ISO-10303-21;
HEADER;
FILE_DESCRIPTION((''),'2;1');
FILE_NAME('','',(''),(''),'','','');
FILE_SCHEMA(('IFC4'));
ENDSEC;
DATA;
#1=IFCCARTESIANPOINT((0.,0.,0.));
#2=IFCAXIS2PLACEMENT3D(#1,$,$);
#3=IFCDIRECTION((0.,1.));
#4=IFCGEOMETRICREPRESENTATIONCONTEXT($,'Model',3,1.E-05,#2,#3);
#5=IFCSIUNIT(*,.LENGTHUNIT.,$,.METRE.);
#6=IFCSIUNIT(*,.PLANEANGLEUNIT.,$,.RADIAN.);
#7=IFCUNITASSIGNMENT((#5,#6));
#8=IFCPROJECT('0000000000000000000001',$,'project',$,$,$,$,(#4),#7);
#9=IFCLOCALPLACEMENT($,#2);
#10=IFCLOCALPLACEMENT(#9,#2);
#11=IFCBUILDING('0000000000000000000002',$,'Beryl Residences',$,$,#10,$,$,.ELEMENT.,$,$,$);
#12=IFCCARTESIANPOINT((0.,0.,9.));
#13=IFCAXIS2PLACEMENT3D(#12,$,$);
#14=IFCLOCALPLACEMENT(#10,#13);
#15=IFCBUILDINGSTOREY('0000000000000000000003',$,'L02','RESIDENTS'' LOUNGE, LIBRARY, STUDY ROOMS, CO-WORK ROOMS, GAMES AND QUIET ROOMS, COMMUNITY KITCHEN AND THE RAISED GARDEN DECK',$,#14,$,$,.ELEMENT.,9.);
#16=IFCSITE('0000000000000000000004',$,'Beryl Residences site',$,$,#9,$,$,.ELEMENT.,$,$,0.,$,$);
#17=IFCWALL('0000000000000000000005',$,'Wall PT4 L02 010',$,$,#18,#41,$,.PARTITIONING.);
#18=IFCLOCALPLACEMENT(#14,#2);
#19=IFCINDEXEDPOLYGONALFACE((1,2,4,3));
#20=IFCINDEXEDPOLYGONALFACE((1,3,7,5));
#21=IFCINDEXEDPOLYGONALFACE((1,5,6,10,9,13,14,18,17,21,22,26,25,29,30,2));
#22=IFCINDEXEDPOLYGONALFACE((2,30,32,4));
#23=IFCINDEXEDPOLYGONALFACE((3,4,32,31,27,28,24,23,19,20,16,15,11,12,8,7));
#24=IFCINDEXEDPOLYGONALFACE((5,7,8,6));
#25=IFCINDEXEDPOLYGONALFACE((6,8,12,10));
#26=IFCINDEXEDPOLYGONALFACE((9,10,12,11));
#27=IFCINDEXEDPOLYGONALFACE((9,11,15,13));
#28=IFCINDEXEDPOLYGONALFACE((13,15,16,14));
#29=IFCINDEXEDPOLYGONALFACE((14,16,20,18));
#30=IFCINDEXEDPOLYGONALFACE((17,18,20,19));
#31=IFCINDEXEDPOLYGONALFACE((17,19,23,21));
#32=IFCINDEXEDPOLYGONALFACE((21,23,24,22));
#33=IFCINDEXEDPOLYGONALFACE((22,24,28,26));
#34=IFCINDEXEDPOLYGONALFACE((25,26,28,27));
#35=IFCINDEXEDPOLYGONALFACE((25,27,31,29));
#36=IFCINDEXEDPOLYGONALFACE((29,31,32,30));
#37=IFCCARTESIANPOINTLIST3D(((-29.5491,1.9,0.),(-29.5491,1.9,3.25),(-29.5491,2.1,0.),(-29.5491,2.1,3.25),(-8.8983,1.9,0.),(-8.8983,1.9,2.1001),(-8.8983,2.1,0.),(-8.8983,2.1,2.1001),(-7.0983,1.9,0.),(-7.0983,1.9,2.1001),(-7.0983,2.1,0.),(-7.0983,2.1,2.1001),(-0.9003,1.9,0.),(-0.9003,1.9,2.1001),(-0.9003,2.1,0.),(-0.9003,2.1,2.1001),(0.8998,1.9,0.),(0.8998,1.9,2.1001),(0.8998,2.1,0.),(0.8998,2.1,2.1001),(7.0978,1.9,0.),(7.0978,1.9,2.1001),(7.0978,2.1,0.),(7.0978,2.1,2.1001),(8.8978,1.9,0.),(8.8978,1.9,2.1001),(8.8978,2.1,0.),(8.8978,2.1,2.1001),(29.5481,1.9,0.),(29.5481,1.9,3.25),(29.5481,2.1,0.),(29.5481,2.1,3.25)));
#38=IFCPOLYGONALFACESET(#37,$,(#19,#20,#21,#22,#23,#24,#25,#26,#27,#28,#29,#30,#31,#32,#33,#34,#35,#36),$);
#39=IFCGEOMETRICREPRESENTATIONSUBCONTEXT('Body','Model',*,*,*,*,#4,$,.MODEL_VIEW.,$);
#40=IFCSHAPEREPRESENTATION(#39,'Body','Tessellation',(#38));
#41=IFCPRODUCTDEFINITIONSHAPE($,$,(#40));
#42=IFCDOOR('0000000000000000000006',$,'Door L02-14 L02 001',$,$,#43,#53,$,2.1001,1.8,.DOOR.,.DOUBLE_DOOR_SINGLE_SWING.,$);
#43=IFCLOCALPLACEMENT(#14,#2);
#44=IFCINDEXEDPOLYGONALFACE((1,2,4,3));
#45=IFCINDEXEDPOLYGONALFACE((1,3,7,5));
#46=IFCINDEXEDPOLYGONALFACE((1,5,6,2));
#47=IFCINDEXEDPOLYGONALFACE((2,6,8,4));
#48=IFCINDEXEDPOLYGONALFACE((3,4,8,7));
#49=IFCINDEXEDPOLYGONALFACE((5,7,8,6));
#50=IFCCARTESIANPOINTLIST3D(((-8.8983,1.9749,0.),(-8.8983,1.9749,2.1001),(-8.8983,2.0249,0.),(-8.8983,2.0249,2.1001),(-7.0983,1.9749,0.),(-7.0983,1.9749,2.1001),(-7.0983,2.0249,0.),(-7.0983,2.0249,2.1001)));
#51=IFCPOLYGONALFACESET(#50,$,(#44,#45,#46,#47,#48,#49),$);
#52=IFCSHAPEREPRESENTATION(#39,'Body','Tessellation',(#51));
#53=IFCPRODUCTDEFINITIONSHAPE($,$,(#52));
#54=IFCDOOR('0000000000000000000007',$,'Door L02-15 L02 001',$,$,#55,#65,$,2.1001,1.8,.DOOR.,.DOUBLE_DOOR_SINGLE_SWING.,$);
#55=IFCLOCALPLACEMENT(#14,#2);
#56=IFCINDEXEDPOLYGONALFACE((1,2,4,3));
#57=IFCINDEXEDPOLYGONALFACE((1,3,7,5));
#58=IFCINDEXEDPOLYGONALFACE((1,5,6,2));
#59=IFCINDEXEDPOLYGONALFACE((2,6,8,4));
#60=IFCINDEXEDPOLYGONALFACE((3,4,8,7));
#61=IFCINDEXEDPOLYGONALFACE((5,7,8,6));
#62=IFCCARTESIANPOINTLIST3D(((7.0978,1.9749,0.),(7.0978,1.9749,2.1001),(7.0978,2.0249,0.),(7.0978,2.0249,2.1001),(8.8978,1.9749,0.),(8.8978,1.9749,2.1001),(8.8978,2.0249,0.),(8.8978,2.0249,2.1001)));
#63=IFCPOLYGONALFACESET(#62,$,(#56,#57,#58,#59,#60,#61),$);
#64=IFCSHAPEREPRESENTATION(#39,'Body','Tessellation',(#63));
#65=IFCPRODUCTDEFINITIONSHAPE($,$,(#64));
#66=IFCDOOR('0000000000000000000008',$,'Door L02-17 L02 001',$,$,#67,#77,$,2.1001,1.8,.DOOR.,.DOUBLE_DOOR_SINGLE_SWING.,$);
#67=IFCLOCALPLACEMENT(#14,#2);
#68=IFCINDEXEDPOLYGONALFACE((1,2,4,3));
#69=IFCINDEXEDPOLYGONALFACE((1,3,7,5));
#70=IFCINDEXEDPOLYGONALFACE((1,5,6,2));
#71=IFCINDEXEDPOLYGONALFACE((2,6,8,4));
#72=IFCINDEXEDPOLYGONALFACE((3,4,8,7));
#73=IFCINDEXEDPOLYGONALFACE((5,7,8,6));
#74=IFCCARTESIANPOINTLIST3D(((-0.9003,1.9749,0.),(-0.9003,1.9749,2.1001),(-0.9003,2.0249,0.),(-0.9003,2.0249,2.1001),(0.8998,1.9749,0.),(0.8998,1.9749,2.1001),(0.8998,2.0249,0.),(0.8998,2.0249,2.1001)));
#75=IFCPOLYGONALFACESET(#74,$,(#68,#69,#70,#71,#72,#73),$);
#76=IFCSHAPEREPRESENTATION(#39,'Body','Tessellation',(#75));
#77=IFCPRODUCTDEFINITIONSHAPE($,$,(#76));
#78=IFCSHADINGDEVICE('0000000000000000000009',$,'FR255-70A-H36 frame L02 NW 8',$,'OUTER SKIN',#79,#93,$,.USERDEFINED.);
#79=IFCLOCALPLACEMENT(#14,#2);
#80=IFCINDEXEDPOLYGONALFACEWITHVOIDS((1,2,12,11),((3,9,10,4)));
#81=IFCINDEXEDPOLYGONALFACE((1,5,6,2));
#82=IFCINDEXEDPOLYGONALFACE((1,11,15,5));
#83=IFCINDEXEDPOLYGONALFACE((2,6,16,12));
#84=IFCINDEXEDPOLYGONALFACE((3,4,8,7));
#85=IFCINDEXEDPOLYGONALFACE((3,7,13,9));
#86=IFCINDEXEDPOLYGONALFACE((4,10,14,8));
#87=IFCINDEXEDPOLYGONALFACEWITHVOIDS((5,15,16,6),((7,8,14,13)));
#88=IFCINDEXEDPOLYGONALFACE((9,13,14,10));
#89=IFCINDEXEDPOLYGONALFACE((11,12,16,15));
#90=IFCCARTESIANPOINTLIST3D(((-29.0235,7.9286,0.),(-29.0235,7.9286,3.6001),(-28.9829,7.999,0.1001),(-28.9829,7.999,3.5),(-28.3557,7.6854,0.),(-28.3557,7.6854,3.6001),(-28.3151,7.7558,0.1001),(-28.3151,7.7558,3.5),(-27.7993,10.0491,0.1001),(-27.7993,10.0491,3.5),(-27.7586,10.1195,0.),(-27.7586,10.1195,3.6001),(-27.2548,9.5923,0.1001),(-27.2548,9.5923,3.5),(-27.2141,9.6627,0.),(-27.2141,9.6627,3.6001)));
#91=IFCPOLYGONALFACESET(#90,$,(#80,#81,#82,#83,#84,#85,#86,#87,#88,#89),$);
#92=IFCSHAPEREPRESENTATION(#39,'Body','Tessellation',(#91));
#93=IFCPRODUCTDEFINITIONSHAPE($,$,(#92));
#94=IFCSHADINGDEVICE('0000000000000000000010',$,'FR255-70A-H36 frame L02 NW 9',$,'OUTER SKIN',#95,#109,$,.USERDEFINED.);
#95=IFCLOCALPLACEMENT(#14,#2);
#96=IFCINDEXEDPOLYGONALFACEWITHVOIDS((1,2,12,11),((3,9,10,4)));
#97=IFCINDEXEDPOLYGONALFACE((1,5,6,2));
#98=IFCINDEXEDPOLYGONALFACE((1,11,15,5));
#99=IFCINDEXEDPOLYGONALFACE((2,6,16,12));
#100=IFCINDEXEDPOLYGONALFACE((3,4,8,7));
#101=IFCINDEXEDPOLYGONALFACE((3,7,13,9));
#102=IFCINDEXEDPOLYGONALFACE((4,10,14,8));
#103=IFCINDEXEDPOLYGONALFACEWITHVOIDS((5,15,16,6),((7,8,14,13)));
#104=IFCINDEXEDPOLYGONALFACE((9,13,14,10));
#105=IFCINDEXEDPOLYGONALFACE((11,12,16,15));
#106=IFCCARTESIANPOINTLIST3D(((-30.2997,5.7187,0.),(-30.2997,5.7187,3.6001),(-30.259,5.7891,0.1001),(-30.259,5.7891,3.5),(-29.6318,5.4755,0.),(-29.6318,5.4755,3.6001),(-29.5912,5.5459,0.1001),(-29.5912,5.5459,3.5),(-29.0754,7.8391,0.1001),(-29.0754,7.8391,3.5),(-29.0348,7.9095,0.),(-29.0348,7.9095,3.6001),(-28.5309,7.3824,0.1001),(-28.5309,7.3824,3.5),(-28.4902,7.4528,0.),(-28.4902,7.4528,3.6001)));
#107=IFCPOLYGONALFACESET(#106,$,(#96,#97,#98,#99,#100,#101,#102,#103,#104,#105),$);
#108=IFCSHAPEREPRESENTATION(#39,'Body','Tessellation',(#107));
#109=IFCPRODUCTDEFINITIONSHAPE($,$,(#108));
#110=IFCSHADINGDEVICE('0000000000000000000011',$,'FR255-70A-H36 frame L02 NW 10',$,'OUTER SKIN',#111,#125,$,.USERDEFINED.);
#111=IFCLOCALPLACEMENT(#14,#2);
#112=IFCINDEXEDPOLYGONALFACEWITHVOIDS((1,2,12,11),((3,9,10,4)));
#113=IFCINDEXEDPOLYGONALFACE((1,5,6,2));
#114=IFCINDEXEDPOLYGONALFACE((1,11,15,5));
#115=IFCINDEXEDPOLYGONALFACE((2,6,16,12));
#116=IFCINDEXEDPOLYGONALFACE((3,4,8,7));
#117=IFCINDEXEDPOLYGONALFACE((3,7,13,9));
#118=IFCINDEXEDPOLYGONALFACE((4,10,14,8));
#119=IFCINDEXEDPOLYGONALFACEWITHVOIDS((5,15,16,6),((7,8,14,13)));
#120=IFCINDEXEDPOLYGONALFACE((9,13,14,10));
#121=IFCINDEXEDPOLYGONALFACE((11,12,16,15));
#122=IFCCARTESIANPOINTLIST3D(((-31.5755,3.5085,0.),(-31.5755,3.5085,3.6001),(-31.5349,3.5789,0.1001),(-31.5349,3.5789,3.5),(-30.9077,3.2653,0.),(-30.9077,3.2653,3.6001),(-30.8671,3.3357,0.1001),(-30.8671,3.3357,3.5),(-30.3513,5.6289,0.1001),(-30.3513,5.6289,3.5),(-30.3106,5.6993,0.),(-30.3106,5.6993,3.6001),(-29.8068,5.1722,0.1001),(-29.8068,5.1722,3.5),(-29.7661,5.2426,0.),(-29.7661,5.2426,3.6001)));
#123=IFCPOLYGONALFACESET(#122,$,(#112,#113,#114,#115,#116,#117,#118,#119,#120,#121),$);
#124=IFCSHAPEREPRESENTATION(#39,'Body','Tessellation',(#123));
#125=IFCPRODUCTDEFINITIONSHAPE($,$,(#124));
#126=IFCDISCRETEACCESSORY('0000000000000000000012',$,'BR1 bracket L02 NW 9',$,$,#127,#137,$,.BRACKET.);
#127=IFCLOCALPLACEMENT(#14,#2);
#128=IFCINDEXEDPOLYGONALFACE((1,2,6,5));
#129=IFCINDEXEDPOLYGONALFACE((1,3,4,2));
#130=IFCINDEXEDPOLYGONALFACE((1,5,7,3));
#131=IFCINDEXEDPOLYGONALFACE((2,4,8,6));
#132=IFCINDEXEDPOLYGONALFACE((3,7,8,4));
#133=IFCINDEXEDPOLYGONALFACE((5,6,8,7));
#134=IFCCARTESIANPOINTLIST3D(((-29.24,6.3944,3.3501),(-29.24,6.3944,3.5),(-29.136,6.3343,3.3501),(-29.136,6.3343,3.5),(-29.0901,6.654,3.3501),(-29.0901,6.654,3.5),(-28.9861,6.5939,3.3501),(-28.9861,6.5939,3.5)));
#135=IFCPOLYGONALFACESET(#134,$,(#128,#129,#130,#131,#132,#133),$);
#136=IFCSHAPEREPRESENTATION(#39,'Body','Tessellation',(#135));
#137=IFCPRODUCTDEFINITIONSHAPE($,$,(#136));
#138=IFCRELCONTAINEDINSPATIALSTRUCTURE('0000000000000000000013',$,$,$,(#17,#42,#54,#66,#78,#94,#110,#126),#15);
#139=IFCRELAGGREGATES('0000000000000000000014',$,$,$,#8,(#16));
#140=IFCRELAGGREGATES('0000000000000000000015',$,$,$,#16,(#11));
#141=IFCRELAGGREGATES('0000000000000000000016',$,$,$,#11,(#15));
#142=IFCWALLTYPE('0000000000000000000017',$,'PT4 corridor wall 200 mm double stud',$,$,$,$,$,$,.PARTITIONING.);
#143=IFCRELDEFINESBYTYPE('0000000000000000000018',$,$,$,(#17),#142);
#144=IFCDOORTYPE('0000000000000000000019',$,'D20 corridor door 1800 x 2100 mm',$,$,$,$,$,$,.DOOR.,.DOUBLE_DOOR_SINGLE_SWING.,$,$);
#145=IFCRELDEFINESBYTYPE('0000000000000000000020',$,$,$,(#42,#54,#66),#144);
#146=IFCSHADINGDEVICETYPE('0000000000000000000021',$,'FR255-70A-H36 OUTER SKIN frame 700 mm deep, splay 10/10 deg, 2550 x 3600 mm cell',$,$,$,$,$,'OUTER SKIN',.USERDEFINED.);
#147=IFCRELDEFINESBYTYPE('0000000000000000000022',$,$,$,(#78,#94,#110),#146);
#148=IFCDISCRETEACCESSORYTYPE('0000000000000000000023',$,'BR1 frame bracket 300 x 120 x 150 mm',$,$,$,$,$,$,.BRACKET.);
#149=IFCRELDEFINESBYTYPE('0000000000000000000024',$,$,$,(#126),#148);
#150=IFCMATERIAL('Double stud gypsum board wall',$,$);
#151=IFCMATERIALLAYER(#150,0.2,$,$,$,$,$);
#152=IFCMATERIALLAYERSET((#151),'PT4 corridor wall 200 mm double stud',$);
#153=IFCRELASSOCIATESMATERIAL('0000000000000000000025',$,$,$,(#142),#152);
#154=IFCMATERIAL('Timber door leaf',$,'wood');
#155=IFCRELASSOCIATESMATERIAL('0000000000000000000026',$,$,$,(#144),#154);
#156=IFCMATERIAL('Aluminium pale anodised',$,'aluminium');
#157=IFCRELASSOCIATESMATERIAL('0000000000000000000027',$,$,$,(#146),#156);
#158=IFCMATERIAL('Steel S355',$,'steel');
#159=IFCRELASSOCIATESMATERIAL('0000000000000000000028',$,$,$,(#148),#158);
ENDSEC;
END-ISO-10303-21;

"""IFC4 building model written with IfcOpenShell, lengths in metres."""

from ifc_helpers import new_model, entity, si_unit, direction, frame, frame_2d, origin, place, context, subcontext, project, spatial, polyline, rectangle, outline, extrude, source, transform, mapped, material, layer, layer_set, type_object, type_shapes, element, fill, save


model = new_model("IFC4")

# Units and contexts
model_context = context("Model", 3, precision=1e-05, world=origin(), true_north=direction((0.0, 1.0)))
body_context = subcontext(model_context, "Body", "Model", "MODEL_VIEW")
ifc_project = project(units=[si_unit("LENGTHUNIT", "METRE"), si_unit("PLANEANGLEUNIT", "RADIAN")], contexts=[model_context])

# Site, building, storey
site_placement = place(None, origin())
site = spatial("IfcSite", under=ifc_project, at=site_placement, Name="Beryl Residences site", CompositionType="ELEMENT", RefElevation=0.0)
building_placement = place(site_placement, origin())
building = spatial("IfcBuilding", under=site, at=building_placement, Name="Beryl Residences", CompositionType="ELEMENT")
storey_placement = place(building_placement, frame((0.0, 0.0, 9.0)))
storey = spatial("IfcBuildingStorey", under=building, at=storey_placement, Name="L02", Description="RESIDENTS' LOUNGE, LIBRARY, STUDY ROOMS, CO-WORK ROOMS, GAMES AND QUIET ROOMS, COMMUNITY KITCHEN AND THE RAISED GARDEN DECK", CompositionType="ELEMENT", Elevation=9.0)

# Wall, openings, doors
ifc_material_1 = material(Name="Double stud gypsum board wall")
ifc_layer_1 = layer(ifc_material_1, 0.2)
ifc_layer_set_1 = layer_set([ifc_layer_1], Name="PT4 corridor wall 200 mm double stud")
wall_type_1 = type_object("IfcWallType", Name="PT4 corridor wall 200 mm double stud", PredefinedType="PARTITIONING", material=ifc_layer_set_1)
wall_1_placement = place(storey_placement, frame((-29.5491, 2.0, 0.0), z_axis=(0.0, 0.0, 1.0), x_axis=(1.0, 0.0, 0.0)))
wall_1 = element("IfcWall", 1, at=wall_1_placement, inside=storey, type_object=wall_type_1, Name="Wall PT4 L02 010", PredefinedType="PARTITIONING", context=body_context, shape_type="SweptSolid", body=[
    extrude(rectangle(XDim=59.0972, YDim=0.2, at=frame_2d((29.5486, 0.0))), origin(), (0.0, 0.0, 1.0), 3.25),
])
opening_1_placement = place(wall_1_placement, frame((20.6509, 0.0, 0.0)))
opening_1 = element("IfcOpeningElement", 2, at=opening_1_placement, cuts=wall_1, PredefinedType="OPENING", context=body_context, shape_type="SweptSolid", body=[
    extrude(rectangle(XDim=1.8, YDim=2.1001, at=frame_2d((0.8999, 1.05))), frame((0.0, 0.1099, 0.0), z_axis=(0.0, -1.0, 0.0), x_axis=(1.0, 0.0, 0.0)), (0.0, 0.0, 1.0), 0.22),
])
opening_2_placement = place(wall_1_placement, frame((36.647, 0.0, 0.0)))
opening_2 = element("IfcOpeningElement", 3, at=opening_2_placement, cuts=wall_1, PredefinedType="OPENING", context=body_context, shape_type="SweptSolid", body=[
    extrude(rectangle(XDim=1.8, YDim=2.1001, at=frame_2d((0.8999, 1.05))), frame((0.0, 0.1099, 0.0), z_axis=(0.0, -1.0, 0.0), x_axis=(1.0, 0.0, 0.0)), (0.0, 0.0, 1.0), 0.22),
])
opening_3_placement = place(wall_1_placement, frame((28.6489, 0.0, 0.0)))
opening_3 = element("IfcOpeningElement", 4, at=opening_3_placement, cuts=wall_1, PredefinedType="OPENING", context=body_context, shape_type="SweptSolid", body=[
    extrude(rectangle(XDim=1.8, YDim=2.1001, at=frame_2d((0.8999, 1.05))), frame((0.0, 0.1099, 0.0), z_axis=(0.0, -1.0, 0.0), x_axis=(1.0, 0.0, 0.0)), (0.0, 0.0, 1.0), 0.22),
])
ifc_material_2 = material(Name="Timber door leaf", Category="wood")
door_type = type_object("IfcDoorType", Name="D20 corridor door 1800 x 2100 mm", OperationType="DOUBLE_DOOR_SINGLE_SWING", PredefinedType="DOOR", material=ifc_material_2)
door_1_placement = place(opening_1_placement, origin())
door_1 = element("IfcDoor", 5, at=door_1_placement, inside=storey, type_object=door_type, Name="Door L02-14 L02 001", OperationType="DOUBLE_DOOR_SINGLE_SWING", OverallHeight=2.1001, OverallWidth=1.8, PredefinedType="DOOR", context=body_context, shape_type="SweptSolid", body=[
    extrude(rectangle(XDim=1.8, YDim=2.1001, at=frame_2d((0.8999, 1.05))), frame((0.0, 0.0249, 0.0), z_axis=(0.0, -1.0, 0.0), x_axis=(1.0, 0.0, 0.0)), (0.0, 0.0, 1.0), 0.05),
])
fill(opening_1, door_1)
door_2_placement = place(opening_2_placement, origin())
door_2 = element("IfcDoor", 6, at=door_2_placement, inside=storey, type_object=door_type, Name="Door L02-15 L02 001", OperationType="DOUBLE_DOOR_SINGLE_SWING", OverallHeight=2.1001, OverallWidth=1.8, PredefinedType="DOOR", context=body_context, shape_type="SweptSolid", body=[
    extrude(rectangle(XDim=1.8, YDim=2.1001, at=frame_2d((0.8999, 1.05))), frame((0.0, 0.0249, 0.0), z_axis=(0.0, -1.0, 0.0), x_axis=(1.0, 0.0, 0.0)), (0.0, 0.0, 1.0), 0.05),
])
fill(opening_2, door_2)
door_3_placement = place(opening_3_placement, origin())
door_3 = element("IfcDoor", 7, at=door_3_placement, inside=storey, type_object=door_type, Name="Door L02-17 L02 001", OperationType="DOUBLE_DOOR_SINGLE_SWING", OverallHeight=2.1001, OverallWidth=1.8, PredefinedType="DOOR", context=body_context, shape_type="SweptSolid", body=[
    extrude(rectangle(XDim=1.8, YDim=2.1001, at=frame_2d((0.8999, 1.05))), frame((0.0, 0.0249, 0.0), z_axis=(0.0, -1.0, 0.0), x_axis=(1.0, 0.0, 0.0)), (0.0, 0.0, 1.0), 0.05),
])
fill(opening_3, door_3)

# Shading devices
ifc_material_3 = material(Name="Aluminium pale anodised", Category="aluminium")
shading_device_type = type_object("IfcShadingDeviceType", Name="FR255-70A-H36 OUTER SKIN frame 700 mm deep, splay 10/10 deg, 2550 x 3600 mm cell", ElementType="OUTER SKIN", PredefinedType="USERDEFINED", material=ifc_material_3)
cartesian_point_1 = entity("IfcCartesianPoint", [-1.1416, 0.0])
cartesian_point_2 = entity("IfcCartesianPoint", [-1.0603, 0.1001])
cartesian_point_3 = entity("IfcCartesianPoint", [-1.2649, 0.0])
cartesian_point_4 = entity("IfcCartesianPoint", [-1.1836, 0.1001])
shared_shape_1 = source(origin(), body_context, "Body", "SweptSolid", [
    entity("IfcExtrudedAreaSolidTapered", entity("IfcArbitraryProfileDefWithVoids", "AREA", None, entity("IfcPolyline", [cartesian_point_1, entity("IfcCartesianPoint", [1.1416, 0.0]), entity("IfcCartesianPoint", [1.1416, 3.6001]), entity("IfcCartesianPoint", [-1.1416, 3.6001]), cartesian_point_1]), [entity("IfcPolyline", [cartesian_point_2, entity("IfcCartesianPoint", [1.0603, 0.1001]), entity("IfcCartesianPoint", [1.0603, 3.5]), entity("IfcCartesianPoint", [-1.0603, 3.5]), cartesian_point_2])]), entity("IfcAxis2Placement3D", entity("IfcCartesianPoint", [0.0, 0.0, 0.0]), entity("IfcDirection", [0.0, 1.0, 0.0]), entity("IfcDirection", [-1.0, 0.0, 0.0])), entity("IfcDirection", [0.0, 0.0, 1.0]), 0.7, entity("IfcArbitraryProfileDefWithVoids", "AREA", None, entity("IfcPolyline", [cartesian_point_3, entity("IfcCartesianPoint", [1.2649, 0.0]), entity("IfcCartesianPoint", [1.2649, 3.6001]), entity("IfcCartesianPoint", [-1.2649, 3.6001]), cartesian_point_3]), [entity("IfcPolyline", [cartesian_point_4, entity("IfcCartesianPoint", [1.1836, 0.1001]), entity("IfcCartesianPoint", [1.1836, 3.5]), entity("IfcCartesianPoint", [-1.1836, 3.5]), cartesian_point_4])])),
])
type_shapes(shading_device_type, [shared_shape_1])
for number, where, z_axis, x_axis, name in (
    (8, (-27.7849, 8.6741, 0.0), (0.0, 0.0, 1.0), (0.5, 0.866025, 0.0), "FR255-70A-H36 frame L02 NW 8"),
    (9, (-29.061, 6.4641, 0.0), (0.0, 0.0, 1.0), (0.5, 0.866025, 0.0), "FR255-70A-H36 frame L02 NW 9"),
    (10, (-30.3369, 4.2539, 0.0), (0.0, 0.0, 1.0), (0.5, 0.866025, 0.0), "FR255-70A-H36 frame L02 NW 10"),
):
    element("IfcShadingDevice", number, at=place(storey_placement, frame(where, z_axis=z_axis, x_axis=x_axis)), inside=storey, type_object=shading_device_type, Name=name, ObjectType="OUTER SKIN", PredefinedType="USERDEFINED", context=body_context, shape_type="MappedRepresentation", body=[
        mapped(shared_shape_1, transform((0.0, 0.0, 0.0))),
    ])

# Discrete accessory
ifc_material_4 = material(Name="Steel S355", Category="steel")
discrete_accessory_type = type_object("IfcDiscreteAccessoryType", Name="BR1 frame bracket 300 x 120 x 150 mm", PredefinedType="BRACKET", material=ifc_material_4)
shared_shape_2 = source(origin(), body_context, "Body", "SweptSolid", [
    extrude(outline(polyline([(-0.1499, 0.0), (0.1499, 0.0), (0.1499, 0.1201), (-0.1499, 0.1201), (-0.1499, 0.0)])), origin(), (0.0, 0.0, 1.0), 0.1499),
])
type_shapes(discrete_accessory_type, [shared_shape_2])
discrete_accessory_placement = place(storey_placement, frame((-29.061, 6.4641, 3.3501), z_axis=(0.0, 0.0, 1.0), x_axis=(0.5, 0.866025, 0.0)))
element("IfcDiscreteAccessory", 11, at=discrete_accessory_placement, inside=storey, type_object=discrete_accessory_type, Name="BR1 bracket L02 NW 9", PredefinedType="BRACKET", context=body_context, shape_type="MappedRepresentation", body=[
    mapped(shared_shape_2, transform((0.0, 0.0, 0.0))),
])

save(model, "model.ifc")
